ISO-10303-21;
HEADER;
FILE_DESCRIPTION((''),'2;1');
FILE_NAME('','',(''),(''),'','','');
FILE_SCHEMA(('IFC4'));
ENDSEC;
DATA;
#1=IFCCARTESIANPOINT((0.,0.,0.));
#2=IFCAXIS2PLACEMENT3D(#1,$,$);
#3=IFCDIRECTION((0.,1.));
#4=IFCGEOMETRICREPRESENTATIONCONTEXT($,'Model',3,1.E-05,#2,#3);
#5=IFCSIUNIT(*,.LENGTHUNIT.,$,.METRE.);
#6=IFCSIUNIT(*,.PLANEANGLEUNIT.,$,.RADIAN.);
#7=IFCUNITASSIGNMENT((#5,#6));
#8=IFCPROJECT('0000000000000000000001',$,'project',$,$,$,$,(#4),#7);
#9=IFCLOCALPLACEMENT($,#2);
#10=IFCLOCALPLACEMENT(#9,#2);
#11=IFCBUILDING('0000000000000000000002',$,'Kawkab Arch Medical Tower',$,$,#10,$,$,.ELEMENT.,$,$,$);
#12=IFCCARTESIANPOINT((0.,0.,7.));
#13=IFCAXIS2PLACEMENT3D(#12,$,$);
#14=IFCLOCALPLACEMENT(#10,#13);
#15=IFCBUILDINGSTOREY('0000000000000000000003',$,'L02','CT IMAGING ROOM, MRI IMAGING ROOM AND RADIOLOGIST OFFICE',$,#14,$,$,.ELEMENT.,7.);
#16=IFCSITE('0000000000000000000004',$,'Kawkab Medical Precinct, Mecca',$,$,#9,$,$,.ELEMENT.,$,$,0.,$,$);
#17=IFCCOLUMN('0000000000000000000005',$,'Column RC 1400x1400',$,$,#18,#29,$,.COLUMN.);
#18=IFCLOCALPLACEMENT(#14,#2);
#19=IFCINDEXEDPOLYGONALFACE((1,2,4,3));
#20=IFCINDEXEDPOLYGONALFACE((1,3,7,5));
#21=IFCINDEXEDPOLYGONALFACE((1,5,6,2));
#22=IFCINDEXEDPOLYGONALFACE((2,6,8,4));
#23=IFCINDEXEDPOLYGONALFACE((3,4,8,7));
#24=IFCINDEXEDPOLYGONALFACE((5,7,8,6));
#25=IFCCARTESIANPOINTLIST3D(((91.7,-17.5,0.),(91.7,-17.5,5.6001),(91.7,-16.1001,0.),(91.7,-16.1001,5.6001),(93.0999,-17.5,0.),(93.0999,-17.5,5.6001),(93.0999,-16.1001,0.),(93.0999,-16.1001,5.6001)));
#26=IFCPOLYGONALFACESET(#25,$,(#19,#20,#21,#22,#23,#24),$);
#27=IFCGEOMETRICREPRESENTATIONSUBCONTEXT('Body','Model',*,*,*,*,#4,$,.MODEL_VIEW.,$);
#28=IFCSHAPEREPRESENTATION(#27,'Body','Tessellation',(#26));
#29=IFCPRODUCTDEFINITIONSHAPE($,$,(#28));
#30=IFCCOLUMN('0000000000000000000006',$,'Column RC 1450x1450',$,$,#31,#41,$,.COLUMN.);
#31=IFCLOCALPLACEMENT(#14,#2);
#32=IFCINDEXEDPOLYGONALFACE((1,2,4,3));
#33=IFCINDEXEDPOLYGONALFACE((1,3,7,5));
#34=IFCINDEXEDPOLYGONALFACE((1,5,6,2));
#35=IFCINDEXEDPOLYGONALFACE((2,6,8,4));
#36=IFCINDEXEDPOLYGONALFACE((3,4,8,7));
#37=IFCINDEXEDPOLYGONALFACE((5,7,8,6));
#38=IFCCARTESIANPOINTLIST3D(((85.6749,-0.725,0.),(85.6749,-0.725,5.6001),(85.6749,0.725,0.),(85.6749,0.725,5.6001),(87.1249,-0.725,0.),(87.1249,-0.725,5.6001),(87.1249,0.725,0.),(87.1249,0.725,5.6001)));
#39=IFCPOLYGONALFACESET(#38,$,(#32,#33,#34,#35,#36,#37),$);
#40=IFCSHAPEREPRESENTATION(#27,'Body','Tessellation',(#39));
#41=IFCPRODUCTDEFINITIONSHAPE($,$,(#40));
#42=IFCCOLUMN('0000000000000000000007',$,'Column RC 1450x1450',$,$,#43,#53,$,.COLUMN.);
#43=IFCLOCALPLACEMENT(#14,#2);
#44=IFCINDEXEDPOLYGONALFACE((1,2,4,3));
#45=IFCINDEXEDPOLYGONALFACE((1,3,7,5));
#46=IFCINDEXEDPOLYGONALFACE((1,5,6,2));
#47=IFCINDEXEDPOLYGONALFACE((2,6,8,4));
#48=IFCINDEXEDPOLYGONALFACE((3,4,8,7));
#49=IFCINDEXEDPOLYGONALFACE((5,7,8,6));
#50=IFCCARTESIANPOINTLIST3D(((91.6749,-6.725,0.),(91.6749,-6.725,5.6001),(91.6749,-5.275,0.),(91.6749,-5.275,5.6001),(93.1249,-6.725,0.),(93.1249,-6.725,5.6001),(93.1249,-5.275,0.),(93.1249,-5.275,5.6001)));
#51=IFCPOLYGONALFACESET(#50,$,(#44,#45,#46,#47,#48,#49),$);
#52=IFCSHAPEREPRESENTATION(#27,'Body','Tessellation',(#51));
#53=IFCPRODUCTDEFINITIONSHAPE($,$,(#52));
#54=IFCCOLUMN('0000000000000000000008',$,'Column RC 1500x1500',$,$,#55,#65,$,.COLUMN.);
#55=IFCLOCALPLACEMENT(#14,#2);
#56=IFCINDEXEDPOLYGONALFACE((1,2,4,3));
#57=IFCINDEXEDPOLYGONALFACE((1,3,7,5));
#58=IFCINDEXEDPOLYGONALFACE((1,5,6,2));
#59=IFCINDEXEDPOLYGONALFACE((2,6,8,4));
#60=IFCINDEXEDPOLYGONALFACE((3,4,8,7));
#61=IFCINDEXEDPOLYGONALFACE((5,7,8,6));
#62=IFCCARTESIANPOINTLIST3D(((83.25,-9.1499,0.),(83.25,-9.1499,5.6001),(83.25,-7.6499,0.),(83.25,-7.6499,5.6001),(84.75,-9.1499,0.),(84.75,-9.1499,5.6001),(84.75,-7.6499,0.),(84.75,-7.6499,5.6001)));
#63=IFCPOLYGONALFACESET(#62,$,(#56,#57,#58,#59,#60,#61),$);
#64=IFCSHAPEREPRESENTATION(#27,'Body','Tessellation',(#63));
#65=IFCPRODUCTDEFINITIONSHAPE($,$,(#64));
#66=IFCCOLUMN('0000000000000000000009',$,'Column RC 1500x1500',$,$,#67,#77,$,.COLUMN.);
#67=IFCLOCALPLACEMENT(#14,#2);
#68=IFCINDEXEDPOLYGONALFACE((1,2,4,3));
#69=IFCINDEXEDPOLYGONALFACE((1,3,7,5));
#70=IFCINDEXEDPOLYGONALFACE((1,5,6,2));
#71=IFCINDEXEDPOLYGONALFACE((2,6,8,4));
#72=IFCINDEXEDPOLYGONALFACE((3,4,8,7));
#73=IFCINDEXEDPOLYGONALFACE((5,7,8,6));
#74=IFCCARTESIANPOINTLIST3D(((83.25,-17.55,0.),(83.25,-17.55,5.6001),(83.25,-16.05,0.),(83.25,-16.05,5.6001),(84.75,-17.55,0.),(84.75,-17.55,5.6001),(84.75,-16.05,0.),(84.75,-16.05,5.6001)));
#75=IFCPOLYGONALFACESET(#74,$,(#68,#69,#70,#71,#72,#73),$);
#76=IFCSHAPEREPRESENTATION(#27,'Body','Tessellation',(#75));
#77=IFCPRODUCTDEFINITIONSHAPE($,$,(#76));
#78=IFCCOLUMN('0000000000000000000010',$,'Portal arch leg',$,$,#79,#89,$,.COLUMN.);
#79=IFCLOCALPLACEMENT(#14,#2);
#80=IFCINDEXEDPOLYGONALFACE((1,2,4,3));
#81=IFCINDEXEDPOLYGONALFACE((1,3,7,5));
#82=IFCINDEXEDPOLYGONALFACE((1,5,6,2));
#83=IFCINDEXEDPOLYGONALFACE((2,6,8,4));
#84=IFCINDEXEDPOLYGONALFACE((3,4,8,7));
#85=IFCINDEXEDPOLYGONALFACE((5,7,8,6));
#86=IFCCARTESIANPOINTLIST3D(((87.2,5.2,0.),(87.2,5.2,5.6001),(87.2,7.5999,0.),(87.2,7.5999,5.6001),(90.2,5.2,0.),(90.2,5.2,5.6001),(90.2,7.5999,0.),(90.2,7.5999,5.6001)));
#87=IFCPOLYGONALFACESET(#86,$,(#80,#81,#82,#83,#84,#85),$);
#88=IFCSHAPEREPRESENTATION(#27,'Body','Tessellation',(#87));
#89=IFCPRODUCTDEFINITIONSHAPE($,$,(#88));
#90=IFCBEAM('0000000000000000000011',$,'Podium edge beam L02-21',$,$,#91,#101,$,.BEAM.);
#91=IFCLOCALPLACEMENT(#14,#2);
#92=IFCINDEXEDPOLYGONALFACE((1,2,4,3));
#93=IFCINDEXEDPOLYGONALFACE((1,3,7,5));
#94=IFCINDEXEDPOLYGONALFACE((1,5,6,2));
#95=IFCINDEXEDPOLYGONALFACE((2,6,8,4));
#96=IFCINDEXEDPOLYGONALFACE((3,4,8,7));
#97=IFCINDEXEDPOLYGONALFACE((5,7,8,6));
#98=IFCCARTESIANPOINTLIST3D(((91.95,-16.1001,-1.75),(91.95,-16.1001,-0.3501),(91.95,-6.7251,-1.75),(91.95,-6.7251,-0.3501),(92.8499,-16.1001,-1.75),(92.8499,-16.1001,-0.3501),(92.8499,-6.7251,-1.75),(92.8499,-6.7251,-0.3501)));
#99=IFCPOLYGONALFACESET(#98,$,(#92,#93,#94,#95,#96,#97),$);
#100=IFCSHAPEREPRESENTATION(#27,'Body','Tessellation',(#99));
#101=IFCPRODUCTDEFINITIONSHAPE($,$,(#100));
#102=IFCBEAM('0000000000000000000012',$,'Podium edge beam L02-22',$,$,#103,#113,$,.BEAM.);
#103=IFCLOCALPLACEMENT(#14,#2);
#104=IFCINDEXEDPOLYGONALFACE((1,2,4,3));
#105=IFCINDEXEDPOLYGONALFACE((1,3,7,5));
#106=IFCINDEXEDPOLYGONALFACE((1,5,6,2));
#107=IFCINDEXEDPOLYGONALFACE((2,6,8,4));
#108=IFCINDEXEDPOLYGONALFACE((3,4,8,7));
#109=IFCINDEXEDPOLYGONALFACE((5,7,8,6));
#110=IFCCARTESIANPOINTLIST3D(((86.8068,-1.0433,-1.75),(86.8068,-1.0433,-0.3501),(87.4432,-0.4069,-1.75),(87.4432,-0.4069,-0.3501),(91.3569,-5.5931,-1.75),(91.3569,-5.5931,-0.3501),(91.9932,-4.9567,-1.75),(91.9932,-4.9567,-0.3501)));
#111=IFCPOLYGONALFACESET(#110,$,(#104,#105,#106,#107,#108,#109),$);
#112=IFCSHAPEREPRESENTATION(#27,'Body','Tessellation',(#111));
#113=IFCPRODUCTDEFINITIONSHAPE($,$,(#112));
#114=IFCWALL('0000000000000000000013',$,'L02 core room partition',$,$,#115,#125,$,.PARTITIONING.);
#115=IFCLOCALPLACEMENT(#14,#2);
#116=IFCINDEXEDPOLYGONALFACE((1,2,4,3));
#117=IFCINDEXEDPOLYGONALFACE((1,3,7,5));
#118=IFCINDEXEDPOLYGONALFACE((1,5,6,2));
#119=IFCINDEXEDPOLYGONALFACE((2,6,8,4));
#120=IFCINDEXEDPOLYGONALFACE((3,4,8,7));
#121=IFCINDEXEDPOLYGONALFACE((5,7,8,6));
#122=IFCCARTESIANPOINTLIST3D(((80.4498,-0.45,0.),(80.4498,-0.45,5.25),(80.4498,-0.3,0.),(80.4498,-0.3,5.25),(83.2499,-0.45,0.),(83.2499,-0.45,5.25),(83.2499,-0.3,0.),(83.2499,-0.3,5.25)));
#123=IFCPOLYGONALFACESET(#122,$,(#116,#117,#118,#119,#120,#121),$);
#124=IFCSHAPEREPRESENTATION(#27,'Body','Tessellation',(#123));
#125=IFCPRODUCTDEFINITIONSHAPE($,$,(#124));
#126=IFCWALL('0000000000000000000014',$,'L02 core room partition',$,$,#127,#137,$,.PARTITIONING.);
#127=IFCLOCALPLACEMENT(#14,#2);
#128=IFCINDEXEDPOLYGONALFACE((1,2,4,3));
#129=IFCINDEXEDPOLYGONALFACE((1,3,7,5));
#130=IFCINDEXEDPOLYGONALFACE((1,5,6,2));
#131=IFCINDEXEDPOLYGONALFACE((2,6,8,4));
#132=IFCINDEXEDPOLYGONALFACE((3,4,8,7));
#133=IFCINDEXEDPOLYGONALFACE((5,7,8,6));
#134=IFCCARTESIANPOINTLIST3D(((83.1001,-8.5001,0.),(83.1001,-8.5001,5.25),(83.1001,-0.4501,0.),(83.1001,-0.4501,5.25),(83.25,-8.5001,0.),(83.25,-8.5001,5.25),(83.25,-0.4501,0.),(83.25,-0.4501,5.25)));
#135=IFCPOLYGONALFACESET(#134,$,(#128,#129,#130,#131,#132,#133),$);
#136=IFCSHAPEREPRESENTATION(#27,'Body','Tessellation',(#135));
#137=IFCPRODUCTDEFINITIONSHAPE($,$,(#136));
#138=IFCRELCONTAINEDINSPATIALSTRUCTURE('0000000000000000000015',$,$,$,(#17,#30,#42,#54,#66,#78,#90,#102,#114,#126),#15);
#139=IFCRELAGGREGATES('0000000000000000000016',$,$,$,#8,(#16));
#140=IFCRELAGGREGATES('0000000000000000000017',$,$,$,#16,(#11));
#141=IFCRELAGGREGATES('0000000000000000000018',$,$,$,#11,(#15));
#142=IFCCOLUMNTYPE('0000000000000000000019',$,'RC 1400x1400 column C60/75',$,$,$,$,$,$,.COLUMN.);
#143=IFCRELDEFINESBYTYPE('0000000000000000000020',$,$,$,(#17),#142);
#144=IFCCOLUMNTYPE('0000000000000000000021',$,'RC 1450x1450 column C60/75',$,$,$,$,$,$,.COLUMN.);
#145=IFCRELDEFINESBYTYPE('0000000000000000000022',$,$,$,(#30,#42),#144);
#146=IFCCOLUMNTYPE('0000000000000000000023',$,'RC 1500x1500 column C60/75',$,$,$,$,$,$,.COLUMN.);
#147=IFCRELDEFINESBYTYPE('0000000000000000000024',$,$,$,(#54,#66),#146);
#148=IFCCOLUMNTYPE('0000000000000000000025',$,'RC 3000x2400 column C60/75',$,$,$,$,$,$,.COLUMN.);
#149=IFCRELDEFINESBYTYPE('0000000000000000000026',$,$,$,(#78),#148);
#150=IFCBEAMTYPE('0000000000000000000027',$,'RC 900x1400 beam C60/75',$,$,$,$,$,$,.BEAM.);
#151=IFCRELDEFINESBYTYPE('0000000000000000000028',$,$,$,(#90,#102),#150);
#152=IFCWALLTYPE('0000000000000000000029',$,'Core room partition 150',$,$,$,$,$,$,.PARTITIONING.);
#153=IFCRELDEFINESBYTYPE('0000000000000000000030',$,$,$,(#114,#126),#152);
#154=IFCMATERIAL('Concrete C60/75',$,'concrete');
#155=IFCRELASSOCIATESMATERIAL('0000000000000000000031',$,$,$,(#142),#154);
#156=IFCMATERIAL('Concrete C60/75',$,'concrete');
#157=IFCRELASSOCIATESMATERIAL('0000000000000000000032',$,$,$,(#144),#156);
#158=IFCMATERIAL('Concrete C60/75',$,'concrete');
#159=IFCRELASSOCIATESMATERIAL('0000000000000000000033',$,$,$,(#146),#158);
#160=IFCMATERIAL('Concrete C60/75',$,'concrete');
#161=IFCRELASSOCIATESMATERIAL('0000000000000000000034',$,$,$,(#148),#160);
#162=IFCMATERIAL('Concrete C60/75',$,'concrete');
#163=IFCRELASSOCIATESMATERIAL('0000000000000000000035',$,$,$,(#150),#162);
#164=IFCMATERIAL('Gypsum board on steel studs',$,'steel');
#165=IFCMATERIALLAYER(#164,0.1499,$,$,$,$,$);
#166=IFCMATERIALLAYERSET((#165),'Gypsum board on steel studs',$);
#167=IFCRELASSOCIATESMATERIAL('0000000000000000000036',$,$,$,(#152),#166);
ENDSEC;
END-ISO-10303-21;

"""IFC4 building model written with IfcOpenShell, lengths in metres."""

from ifc_helpers import new_model, si_unit, direction, frame, frame_2d, origin, origin_2d, place, context, subcontext, project, spatial, rectangle, extrude, material, layer, layer_set, material_profile, profile_set, type_object, element, save


model = new_model("IFC4")

# Units and contexts
model_context = context("Model", 3, precision=1e-05, world=origin(), true_north=direction((0.0, 1.0)))
body_context = subcontext(model_context, "Body", "Model", "MODEL_VIEW")
ifc_project = project(units=[si_unit("LENGTHUNIT", "METRE"), si_unit("PLANEANGLEUNIT", "RADIAN")], contexts=[model_context])

# Site, building, storey
site_placement = place(None, origin())
site = spatial("IfcSite", under=ifc_project, at=site_placement, Name="Kawkab Medical Precinct, Mecca", CompositionType="ELEMENT", RefElevation=0.0)
building_placement = place(site_placement, origin())
building = spatial("IfcBuilding", under=site, at=building_placement, Name="Kawkab Arch Medical Tower", CompositionType="ELEMENT")
storey_placement = place(building_placement, frame((0.0, 0.0, 7.0)))
storey = spatial("IfcBuildingStorey", under=building, at=storey_placement, Name="L02", Description="CT IMAGING ROOM, MRI IMAGING ROOM AND RADIOLOGIST OFFICE", CompositionType="ELEMENT", Elevation=7.0)

# Columns
ifc_material_1 = material(Name="Concrete C60/75", Category="concrete")
ifc_material_profile_1 = material_profile(ifc_material_1, rectangle(XDim=1.3999, YDim=1.3999, at=origin_2d()), Name="RC 1400x1400")
ifc_profile_set_1 = profile_set([ifc_material_profile_1], Name="Concrete C60/75")
column_type_1 = type_object("IfcColumnType", Name="RC 1400x1400 column C60/75", PredefinedType="COLUMN", material=ifc_profile_set_1)
column_1_placement = place(storey_placement, frame((92.3999, -16.8, 0.0), z_axis=(0.0, 0.0, 1.0), x_axis=(1.0, 0.0, 0.0)))
element("IfcColumn", 1, at=column_1_placement, inside=storey, type_object=column_type_1, Name="Column RC 1400x1400", PredefinedType="COLUMN", context=body_context, shape_type="SweptSolid", body=[
    extrude(rectangle(XDim=1.3999, YDim=1.3999, at=origin_2d()), origin(), (0.0, 0.0, 1.0), 5.6001),
])
ifc_material_2 = material(Name="Concrete C60/75", Category="concrete")
ifc_material_profile_2 = material_profile(ifc_material_2, rectangle(XDim=1.45, YDim=1.45, at=origin_2d()), Name="RC 1450x1450")
ifc_profile_set_2 = profile_set([ifc_material_profile_2], Name="Concrete C60/75")
column_type_2 = type_object("IfcColumnType", Name="RC 1450x1450 column C60/75", PredefinedType="COLUMN", material=ifc_profile_set_2)
for number, where, z_axis, x_axis, name in (
    (2, (86.3999, 0.0, 0.0), (0.0, 0.0, 1.0), (1.0, 0.0, 0.0), "Column RC 1450x1450"),
    (3, (92.3999, -6.0, 0.0), (0.0, 0.0, 1.0), (1.0, 0.0, 0.0), "Column RC 1450x1450"),
):
    element("IfcColumn", number, at=place(storey_placement, frame(where, z_axis=z_axis, x_axis=x_axis)), inside=storey, type_object=column_type_2, Name=name, PredefinedType="COLUMN", context=body_context, shape_type="SweptSolid", body=[
        extrude(rectangle(XDim=1.45, YDim=1.45, at=origin_2d()), origin(), (0.0, 0.0, 1.0), 5.6001),
    ])
ifc_material_3 = material(Name="Concrete C60/75", Category="concrete")
ifc_material_profile_3 = material_profile(ifc_material_3, rectangle(XDim=1.5, YDim=1.5, at=origin_2d()), Name="RC 1500x1500")
ifc_profile_set_3 = profile_set([ifc_material_profile_3], Name="Concrete C60/75")
column_type_3 = type_object("IfcColumnType", Name="RC 1500x1500 column C60/75", PredefinedType="COLUMN", material=ifc_profile_set_3)
for number, where, z_axis, x_axis, name in (
    (4, (84.0, -8.3999, 0.0), (0.0, 0.0, 1.0), (1.0, 0.0, 0.0), "Column RC 1500x1500"),
    (5, (84.0, -16.8, 0.0), (0.0, 0.0, 1.0), (1.0, 0.0, 0.0), "Column RC 1500x1500"),
):
    element("IfcColumn", number, at=place(storey_placement, frame(where, z_axis=z_axis, x_axis=x_axis)), inside=storey, type_object=column_type_3, Name=name, PredefinedType="COLUMN", context=body_context, shape_type="SweptSolid", body=[
        extrude(rectangle(XDim=1.5, YDim=1.5, at=origin_2d()), origin(), (0.0, 0.0, 1.0), 5.6001),
    ])
ifc_material_4 = material(Name="Concrete C60/75", Category="concrete")
ifc_material_profile_4 = material_profile(ifc_material_4, rectangle(XDim=3.0, YDim=2.3999, at=origin_2d()), Name="RC 3000x2400")
ifc_profile_set_4 = profile_set([ifc_material_profile_4], Name="Concrete C60/75")
column_type_4 = type_object("IfcColumnType", Name="RC 3000x2400 column C60/75", PredefinedType="COLUMN", material=ifc_profile_set_4)
column_2_placement = place(storey_placement, frame((88.7, 6.3999, 0.0), z_axis=(0.0, 0.0, 1.0), x_axis=(1.0, 0.0, 0.0)))
element("IfcColumn", 6, at=column_2_placement, inside=storey, type_object=column_type_4, Name="Portal arch leg", PredefinedType="COLUMN", context=body_context, shape_type="SweptSolid", body=[
    extrude(rectangle(XDim=3.0, YDim=2.3999, at=origin_2d()), origin(), (0.0, 0.0, 1.0), 5.6001),
])

# Beams
ifc_material_5 = material(Name="Concrete C60/75", Category="concrete")
ifc_material_profile_5 = material_profile(ifc_material_5, rectangle(XDim=0.8999, YDim=1.3999, at=origin_2d()), Name="RC 900x1400")
ifc_profile_set_5 = profile_set([ifc_material_profile_5], Name="Concrete C60/75")
beam_type = type_object("IfcBeamType", Name="RC 900x1400 beam C60/75", PredefinedType="BEAM", material=ifc_profile_set_5)
beam_1_placement = place(storey_placement, frame((92.3999, -16.1001, -1.05), z_axis=(0.0, 1.0, 0.0), x_axis=(-1.0, 0.0, 0.0)))
element("IfcBeam", 7, at=beam_1_placement, inside=storey, type_object=beam_type, Name="Podium edge beam L02-21", PredefinedType="BEAM", context=body_context, shape_type="SweptSolid", body=[
    extrude(rectangle(XDim=0.8999, YDim=1.3999, at=origin_2d()), origin(), (0.0, 0.0, 1.0), 9.375),
])
beam_2_placement = place(storey_placement, frame((91.675, -5.2749, -1.05), z_axis=(-0.707126, 0.707088, 0.0), x_axis=(-0.707088, -0.707126, 0.0)))
element("IfcBeam", 8, at=beam_2_placement, inside=storey, type_object=beam_type, Name="Podium edge beam L02-22", PredefinedType="BEAM", context=body_context, shape_type="SweptSolid", body=[
    extrude(rectangle(XDim=0.8999, YDim=1.3999, at=origin_2d()), origin(), (0.0, 0.0, 1.0), 6.4346),
])

# Walls
ifc_material_6 = material(Name="Gypsum board on steel studs", Category="steel")
ifc_layer_1 = layer(ifc_material_6, 0.1499)
ifc_layer_set_1 = layer_set([ifc_layer_1], Name="Gypsum board on steel studs")
wall_type_1 = type_object("IfcWallType", Name="Core room partition 150", PredefinedType="PARTITIONING", material=ifc_layer_set_1)
wall_1_placement = place(storey_placement, frame((80.45, -0.375, 0.0), z_axis=(0.0, 0.0, 1.0), x_axis=(1.0, 0.0, 0.0)))
element("IfcWall", 9, at=wall_1_placement, inside=storey, type_object=wall_type_1, Name="L02 core room partition", PredefinedType="PARTITIONING", context=body_context, shape_type="SweptSolid", body=[
    extrude(rectangle(XDim=2.8, YDim=0.1499, at=frame_2d((1.3999, 0.0))), origin(), (0.0, 0.0, 1.0), 5.25),
])
wall_2_placement = place(storey_placement, frame((83.175, -8.5, 0.0), z_axis=(0.0, 0.0, 1.0), x_axis=(0.0, 1.0, 0.0)))
element("IfcWall", 10, at=wall_2_placement, inside=storey, type_object=wall_type_1, Name="L02 core room partition", PredefinedType="PARTITIONING", context=body_context, shape_type="SweptSolid", body=[
    extrude(rectangle(XDim=8.05, YDim=0.1499, at=frame_2d((4.0249, 0.0))), origin(), (0.0, 0.0, 1.0), 5.25),
])

save(model, "model.ifc")
